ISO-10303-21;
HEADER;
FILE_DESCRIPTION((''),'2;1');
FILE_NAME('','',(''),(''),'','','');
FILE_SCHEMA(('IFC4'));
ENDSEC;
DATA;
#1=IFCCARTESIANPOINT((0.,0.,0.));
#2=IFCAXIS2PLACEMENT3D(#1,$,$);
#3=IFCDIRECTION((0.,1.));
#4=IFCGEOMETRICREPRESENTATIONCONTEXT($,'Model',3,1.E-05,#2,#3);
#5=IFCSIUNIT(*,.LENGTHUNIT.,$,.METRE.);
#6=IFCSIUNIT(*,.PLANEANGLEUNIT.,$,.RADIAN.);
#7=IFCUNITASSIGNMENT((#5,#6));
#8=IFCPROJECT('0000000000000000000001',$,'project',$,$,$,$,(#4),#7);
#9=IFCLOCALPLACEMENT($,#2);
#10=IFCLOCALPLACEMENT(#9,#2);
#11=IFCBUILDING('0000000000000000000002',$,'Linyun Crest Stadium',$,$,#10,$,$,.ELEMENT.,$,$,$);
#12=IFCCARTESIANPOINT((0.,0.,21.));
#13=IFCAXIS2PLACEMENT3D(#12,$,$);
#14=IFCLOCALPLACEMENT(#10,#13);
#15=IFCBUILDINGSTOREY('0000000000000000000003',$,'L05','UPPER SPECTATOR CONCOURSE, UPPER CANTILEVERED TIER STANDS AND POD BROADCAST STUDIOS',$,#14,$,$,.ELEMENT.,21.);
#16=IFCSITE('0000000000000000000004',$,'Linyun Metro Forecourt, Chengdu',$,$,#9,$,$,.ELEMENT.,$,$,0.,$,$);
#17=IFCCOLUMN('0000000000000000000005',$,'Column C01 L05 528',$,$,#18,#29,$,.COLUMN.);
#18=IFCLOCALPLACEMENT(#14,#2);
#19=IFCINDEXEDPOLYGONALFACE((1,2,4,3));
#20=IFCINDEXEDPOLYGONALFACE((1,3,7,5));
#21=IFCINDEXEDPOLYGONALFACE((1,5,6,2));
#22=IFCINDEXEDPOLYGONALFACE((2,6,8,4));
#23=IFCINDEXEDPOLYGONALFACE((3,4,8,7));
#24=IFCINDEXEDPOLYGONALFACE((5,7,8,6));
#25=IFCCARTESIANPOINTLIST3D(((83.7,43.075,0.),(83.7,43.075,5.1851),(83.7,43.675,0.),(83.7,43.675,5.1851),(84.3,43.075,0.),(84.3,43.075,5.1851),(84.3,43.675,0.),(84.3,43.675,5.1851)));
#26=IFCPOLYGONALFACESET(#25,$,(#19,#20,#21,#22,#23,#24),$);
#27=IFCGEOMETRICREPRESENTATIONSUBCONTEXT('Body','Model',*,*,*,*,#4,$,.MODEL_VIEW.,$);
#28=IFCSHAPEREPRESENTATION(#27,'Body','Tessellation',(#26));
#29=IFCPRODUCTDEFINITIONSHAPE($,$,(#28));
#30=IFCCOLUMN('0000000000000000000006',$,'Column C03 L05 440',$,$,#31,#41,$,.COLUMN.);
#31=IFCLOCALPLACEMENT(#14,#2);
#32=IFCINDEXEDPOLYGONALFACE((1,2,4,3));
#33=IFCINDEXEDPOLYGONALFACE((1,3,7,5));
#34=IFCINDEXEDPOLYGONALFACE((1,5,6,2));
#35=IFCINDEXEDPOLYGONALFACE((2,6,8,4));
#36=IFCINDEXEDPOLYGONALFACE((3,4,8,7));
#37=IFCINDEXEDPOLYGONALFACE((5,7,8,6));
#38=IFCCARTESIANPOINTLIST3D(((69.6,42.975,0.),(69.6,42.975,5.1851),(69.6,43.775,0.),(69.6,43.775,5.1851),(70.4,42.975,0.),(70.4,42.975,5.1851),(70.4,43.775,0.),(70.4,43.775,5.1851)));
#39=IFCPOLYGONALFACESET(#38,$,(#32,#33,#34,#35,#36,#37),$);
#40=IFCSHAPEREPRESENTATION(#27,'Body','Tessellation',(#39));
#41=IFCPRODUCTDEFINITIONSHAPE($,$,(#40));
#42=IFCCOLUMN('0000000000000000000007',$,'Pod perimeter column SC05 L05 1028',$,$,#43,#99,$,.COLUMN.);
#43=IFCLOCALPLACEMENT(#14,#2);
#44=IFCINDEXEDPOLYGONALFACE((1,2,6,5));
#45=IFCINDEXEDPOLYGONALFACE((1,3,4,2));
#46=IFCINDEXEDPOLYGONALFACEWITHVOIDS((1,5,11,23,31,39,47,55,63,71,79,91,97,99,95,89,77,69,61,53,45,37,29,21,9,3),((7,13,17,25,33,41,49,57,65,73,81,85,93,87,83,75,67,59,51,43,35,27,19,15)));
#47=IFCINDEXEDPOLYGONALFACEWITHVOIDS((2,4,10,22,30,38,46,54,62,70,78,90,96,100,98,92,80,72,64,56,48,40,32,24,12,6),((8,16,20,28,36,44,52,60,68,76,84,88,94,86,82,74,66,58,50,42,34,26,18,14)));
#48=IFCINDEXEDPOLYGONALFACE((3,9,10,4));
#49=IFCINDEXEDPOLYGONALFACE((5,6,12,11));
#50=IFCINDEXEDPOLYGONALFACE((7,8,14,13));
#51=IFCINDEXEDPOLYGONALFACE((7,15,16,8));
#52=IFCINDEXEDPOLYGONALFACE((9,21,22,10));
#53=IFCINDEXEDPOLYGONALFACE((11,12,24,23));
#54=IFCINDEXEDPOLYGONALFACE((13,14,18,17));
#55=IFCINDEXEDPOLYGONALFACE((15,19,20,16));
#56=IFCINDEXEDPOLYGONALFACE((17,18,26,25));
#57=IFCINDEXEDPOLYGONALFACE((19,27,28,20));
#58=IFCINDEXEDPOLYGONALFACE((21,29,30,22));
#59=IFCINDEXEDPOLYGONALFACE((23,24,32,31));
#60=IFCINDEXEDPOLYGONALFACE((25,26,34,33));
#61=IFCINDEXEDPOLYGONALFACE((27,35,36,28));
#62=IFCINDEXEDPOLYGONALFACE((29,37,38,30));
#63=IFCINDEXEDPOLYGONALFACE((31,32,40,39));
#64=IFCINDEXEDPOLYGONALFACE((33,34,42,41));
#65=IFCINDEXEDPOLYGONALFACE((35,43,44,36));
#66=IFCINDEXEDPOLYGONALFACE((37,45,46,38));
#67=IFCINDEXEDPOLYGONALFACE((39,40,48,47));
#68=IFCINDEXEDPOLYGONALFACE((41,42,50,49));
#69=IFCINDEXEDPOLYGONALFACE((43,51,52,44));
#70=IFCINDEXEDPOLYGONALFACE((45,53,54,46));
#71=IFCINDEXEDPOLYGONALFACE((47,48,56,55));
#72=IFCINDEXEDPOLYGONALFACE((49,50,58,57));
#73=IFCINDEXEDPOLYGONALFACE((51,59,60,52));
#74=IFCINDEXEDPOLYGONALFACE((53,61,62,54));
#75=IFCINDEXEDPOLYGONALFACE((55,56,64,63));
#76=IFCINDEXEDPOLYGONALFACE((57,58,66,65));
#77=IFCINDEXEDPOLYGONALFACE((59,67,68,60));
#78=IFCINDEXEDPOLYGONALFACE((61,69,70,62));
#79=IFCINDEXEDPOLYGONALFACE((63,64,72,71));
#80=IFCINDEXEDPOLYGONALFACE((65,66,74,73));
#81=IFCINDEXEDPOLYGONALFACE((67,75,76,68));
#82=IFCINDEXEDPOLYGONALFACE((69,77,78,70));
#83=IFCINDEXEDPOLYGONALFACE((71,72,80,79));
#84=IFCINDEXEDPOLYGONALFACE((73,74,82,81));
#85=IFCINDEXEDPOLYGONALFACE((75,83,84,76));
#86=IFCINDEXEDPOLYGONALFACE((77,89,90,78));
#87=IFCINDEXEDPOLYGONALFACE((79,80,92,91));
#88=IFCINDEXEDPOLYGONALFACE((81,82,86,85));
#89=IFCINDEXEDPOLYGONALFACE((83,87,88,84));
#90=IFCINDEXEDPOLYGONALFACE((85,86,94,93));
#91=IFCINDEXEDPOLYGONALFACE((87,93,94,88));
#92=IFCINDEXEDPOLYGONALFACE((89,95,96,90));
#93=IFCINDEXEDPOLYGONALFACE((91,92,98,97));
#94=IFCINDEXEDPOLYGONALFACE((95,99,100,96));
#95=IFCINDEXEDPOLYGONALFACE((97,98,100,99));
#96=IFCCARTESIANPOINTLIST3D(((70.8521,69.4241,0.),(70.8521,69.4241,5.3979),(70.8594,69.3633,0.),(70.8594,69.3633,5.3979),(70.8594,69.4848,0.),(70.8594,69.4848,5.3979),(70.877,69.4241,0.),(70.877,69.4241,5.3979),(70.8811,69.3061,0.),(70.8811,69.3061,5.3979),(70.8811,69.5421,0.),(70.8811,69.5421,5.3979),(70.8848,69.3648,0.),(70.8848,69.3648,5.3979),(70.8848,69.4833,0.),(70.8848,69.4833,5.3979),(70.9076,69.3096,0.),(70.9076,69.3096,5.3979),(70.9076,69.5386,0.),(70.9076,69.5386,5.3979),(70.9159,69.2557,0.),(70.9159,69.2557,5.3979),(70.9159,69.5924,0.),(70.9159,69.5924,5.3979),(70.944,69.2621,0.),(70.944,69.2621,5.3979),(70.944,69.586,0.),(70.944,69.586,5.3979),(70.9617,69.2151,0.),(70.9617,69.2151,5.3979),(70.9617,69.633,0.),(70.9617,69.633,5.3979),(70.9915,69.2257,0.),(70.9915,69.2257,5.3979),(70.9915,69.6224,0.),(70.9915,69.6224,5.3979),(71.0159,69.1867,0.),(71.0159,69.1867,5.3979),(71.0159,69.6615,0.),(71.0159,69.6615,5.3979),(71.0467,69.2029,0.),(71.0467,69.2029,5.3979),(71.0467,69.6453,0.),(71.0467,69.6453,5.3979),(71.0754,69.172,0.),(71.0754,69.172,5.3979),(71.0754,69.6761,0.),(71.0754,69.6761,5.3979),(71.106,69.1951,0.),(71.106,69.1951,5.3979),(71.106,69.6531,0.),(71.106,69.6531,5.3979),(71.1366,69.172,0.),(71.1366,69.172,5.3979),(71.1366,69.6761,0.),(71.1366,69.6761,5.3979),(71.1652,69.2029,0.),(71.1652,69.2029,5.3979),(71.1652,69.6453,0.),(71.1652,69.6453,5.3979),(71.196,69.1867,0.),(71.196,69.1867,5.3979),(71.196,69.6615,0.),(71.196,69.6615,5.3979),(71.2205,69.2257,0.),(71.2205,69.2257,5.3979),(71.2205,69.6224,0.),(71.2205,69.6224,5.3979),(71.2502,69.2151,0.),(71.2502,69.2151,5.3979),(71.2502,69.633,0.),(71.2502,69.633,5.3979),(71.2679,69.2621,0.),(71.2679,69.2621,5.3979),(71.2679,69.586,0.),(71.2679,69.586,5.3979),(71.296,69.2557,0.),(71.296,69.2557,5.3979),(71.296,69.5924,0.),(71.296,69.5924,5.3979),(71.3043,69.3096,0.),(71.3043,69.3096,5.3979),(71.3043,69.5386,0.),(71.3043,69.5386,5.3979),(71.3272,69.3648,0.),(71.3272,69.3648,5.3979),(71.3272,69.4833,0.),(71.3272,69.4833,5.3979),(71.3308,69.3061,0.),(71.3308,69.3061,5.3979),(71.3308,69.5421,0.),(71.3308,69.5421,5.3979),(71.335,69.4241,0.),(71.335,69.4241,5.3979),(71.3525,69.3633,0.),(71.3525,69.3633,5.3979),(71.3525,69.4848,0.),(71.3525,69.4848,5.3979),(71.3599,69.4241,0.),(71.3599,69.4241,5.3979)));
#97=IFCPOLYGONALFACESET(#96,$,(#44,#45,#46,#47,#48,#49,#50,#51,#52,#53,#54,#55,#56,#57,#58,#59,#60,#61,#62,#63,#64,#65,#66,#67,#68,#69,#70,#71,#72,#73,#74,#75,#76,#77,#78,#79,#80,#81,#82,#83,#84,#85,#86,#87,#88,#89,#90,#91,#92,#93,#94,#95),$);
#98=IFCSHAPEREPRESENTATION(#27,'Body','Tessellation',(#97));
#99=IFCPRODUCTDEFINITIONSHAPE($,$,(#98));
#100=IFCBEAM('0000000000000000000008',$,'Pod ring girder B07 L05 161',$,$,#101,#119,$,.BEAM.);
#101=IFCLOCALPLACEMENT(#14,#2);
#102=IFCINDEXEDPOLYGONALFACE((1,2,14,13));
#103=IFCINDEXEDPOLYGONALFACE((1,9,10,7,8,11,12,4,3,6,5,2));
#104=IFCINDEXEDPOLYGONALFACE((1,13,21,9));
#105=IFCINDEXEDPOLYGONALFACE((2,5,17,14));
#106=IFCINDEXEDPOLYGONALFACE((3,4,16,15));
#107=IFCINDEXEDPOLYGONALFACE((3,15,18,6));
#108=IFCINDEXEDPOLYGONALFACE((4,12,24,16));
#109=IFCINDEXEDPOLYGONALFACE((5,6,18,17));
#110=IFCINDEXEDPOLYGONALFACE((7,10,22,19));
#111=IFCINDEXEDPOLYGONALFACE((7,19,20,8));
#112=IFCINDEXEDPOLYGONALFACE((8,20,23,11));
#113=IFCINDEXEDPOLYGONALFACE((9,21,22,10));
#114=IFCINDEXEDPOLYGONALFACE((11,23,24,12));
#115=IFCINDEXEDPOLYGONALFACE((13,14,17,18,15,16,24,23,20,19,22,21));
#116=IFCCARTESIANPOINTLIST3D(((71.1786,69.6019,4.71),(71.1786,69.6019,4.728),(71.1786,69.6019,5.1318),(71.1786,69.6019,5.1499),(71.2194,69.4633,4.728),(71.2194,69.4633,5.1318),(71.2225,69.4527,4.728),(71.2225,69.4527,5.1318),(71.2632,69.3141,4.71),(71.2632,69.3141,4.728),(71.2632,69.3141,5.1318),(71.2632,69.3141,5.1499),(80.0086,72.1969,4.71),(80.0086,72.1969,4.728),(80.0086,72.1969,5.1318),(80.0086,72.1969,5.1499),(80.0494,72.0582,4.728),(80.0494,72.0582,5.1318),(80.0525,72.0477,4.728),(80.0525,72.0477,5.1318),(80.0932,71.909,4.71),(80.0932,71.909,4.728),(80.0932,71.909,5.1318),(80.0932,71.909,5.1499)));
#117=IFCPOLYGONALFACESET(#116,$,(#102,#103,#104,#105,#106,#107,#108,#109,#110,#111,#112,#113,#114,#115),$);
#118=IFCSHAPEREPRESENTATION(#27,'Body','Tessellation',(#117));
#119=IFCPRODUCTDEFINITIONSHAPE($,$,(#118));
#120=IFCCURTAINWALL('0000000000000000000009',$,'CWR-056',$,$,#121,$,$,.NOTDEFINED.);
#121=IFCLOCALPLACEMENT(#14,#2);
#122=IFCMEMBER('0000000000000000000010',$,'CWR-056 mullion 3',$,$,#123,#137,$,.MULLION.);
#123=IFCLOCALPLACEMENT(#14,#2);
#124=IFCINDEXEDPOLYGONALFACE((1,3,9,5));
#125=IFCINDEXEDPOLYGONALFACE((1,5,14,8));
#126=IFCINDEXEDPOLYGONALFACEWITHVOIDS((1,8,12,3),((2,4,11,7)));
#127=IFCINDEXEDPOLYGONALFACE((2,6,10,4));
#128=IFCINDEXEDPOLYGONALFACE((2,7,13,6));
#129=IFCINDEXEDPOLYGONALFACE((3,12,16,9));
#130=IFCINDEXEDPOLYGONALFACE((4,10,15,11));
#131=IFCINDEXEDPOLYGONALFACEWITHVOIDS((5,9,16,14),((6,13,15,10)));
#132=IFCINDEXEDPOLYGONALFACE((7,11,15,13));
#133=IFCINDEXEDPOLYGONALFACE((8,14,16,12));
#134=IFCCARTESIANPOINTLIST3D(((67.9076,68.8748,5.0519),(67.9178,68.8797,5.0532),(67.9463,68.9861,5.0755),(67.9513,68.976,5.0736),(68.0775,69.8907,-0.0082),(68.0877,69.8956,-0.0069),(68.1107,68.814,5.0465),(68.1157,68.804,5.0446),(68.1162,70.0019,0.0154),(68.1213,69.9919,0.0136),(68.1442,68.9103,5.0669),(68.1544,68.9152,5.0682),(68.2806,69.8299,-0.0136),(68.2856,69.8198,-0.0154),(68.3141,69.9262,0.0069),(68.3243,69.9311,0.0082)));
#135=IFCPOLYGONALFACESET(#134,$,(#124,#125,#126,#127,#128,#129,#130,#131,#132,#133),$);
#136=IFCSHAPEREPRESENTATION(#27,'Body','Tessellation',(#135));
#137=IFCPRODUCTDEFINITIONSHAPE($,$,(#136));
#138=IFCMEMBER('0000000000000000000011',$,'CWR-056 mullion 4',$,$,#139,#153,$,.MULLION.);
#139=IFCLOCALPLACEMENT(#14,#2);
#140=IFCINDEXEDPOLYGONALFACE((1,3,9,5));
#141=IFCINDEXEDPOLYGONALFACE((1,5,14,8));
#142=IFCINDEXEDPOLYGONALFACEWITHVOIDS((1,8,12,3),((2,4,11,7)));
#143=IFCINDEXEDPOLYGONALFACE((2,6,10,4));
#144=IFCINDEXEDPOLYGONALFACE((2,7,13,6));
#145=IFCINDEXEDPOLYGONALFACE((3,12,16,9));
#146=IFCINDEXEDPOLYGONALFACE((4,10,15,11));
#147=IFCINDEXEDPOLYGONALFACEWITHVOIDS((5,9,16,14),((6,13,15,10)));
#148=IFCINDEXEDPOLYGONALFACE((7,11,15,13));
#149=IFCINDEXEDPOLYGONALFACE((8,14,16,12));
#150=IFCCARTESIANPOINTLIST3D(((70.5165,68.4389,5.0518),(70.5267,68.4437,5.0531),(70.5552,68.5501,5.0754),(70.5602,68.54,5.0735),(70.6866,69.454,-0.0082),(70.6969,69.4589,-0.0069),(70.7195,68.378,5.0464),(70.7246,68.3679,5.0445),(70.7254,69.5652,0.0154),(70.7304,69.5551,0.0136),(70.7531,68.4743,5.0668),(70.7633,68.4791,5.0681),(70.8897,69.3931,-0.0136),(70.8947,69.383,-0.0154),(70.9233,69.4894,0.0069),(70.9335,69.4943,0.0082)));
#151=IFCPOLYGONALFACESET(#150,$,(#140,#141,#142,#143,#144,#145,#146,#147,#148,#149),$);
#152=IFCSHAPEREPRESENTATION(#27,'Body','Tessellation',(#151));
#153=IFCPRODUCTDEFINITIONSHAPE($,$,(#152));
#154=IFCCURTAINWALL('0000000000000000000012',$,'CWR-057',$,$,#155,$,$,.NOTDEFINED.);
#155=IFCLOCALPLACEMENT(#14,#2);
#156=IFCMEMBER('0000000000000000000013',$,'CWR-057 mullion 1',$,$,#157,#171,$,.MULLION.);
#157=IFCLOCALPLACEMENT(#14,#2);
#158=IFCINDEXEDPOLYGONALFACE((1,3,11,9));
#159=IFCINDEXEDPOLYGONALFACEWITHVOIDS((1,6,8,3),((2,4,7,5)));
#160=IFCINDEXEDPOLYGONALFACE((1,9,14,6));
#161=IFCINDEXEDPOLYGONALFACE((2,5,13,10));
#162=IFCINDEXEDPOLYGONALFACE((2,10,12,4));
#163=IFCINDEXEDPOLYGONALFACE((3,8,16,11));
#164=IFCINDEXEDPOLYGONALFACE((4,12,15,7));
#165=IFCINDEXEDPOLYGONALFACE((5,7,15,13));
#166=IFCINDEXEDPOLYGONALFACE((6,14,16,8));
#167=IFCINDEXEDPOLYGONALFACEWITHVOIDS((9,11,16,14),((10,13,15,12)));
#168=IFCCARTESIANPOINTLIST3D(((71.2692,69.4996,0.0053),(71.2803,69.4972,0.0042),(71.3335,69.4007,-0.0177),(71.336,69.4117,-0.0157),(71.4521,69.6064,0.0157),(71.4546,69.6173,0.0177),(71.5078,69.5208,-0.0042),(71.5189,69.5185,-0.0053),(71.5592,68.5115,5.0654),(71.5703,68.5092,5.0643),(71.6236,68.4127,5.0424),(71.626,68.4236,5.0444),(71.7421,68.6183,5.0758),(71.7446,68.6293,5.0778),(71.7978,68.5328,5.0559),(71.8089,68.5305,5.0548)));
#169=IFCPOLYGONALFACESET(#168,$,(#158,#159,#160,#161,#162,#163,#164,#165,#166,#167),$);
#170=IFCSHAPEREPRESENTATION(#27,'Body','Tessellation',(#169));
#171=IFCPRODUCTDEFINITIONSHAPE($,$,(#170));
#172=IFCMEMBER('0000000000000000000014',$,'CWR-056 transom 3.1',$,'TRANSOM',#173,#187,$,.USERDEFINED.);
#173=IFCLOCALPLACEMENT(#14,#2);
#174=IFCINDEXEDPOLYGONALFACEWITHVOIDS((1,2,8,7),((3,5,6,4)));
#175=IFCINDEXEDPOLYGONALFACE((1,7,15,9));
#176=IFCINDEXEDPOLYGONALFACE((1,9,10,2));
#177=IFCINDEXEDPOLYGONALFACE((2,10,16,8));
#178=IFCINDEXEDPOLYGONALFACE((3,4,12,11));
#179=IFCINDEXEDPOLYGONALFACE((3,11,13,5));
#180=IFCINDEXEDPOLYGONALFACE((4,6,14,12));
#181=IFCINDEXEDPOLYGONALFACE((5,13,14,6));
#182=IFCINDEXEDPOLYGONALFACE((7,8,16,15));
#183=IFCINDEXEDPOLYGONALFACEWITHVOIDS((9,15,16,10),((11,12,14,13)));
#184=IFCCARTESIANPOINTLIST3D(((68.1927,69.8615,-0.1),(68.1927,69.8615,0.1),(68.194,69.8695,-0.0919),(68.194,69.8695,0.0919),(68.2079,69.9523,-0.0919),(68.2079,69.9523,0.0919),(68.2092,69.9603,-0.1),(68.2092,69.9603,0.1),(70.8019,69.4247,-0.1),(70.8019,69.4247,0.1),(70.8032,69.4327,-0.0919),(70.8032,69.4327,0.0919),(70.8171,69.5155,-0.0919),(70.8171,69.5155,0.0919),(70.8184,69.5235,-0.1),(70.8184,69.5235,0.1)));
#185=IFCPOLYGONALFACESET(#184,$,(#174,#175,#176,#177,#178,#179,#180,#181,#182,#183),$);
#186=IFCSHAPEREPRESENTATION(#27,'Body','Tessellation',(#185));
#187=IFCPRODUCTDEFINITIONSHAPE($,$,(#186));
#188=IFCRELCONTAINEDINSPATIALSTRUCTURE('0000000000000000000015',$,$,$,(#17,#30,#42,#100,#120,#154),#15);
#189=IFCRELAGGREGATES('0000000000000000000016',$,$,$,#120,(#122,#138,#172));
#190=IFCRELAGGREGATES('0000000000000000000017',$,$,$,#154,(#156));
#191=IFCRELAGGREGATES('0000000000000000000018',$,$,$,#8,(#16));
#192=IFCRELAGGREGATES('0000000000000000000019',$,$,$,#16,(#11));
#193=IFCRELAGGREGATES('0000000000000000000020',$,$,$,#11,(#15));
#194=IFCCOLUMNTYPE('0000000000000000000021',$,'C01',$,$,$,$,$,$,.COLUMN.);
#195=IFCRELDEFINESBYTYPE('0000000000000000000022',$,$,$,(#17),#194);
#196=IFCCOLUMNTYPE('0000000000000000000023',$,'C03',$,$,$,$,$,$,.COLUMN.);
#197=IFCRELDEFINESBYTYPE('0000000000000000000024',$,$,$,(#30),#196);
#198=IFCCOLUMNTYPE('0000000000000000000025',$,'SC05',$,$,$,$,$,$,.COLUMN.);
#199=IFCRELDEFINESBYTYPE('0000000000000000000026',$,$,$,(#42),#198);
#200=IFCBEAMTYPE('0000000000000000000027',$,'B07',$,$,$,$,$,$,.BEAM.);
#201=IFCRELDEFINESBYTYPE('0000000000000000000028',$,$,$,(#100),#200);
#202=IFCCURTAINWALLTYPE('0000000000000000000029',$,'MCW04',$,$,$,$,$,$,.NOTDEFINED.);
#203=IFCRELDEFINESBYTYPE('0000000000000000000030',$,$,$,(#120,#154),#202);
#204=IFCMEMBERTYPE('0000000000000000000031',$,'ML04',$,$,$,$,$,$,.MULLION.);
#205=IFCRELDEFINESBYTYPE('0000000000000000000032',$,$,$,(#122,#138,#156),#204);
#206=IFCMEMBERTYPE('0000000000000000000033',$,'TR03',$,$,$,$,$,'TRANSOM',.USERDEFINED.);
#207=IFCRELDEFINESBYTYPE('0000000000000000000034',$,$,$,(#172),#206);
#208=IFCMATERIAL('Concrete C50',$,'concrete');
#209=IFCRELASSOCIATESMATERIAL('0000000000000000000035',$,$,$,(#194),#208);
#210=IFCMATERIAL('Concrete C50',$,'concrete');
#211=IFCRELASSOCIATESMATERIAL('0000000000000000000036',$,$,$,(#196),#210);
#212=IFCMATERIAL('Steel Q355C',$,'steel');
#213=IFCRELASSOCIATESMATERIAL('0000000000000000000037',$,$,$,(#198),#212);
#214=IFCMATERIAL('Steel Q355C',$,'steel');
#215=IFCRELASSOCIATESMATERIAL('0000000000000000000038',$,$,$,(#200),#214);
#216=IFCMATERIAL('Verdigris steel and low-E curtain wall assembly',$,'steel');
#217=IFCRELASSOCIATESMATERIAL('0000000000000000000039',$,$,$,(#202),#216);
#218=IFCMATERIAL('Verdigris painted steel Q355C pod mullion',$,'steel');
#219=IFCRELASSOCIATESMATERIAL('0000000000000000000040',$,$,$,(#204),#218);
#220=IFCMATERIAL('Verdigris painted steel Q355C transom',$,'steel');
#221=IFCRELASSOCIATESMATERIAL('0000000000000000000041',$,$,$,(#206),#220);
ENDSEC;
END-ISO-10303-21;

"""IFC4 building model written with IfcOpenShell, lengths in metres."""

from ifc_helpers import new_model, si_unit, direction, frame, origin, origin_2d, place, context, subcontext, project, spatial, rectangle, hollow_rectangle, hollow_circle, i_section, extrude, material, material_profile, profile_set, type_object, element, aggregate, save


model = new_model("IFC4")

# Units and contexts
model_context = context("Model", 3, precision=1e-05, world=origin(), true_north=direction((0.0, 1.0)))
body_context = subcontext(model_context, "Body", "Model", "MODEL_VIEW")
ifc_project = project(units=[si_unit("LENGTHUNIT", "METRE"), si_unit("PLANEANGLEUNIT", "RADIAN")], contexts=[model_context])

# Site, building, storey
site_placement = place(None, origin())
site = spatial("IfcSite", under=ifc_project, at=site_placement, Name="Linyun Metro Forecourt, Chengdu", CompositionType="ELEMENT", RefElevation=0.0)
building_placement = place(site_placement, origin())
building = spatial("IfcBuilding", under=site, at=building_placement, Name="Linyun Crest Stadium", CompositionType="ELEMENT")
storey_placement = place(building_placement, frame((0.0, 0.0, 21.0)))
storey = spatial("IfcBuildingStorey", under=building, at=storey_placement, Name="L05", Description="UPPER SPECTATOR CONCOURSE, UPPER CANTILEVERED TIER STANDS AND POD BROADCAST STUDIOS", CompositionType="ELEMENT", Elevation=21.0)

# Columns
ifc_material_1 = material(Name="Concrete C50", Category="concrete")
ifc_material_profile_1 = material_profile(ifc_material_1, rectangle(XDim=0.6001, YDim=0.6001, at=origin_2d()), Name="RC 600x600")
ifc_profile_set_1 = profile_set([ifc_material_profile_1], Name="Concrete C50")
column_type_1 = type_object("IfcColumnType", Name="C01", PredefinedType="COLUMN", material=ifc_profile_set_1)
column_1_placement = place(storey_placement, frame((84.0, 43.375, 0.0), z_axis=(0.0, 0.0, 1.0), x_axis=(1.0, 0.0, 0.0)))
element("IfcColumn", 1, at=column_1_placement, inside=storey, type_object=column_type_1, Name="Column C01 L05 528", PredefinedType="COLUMN", context=body_context, shape_type="SweptSolid", body=[
    extrude(rectangle(XDim=0.6001, YDim=0.6001, at=origin_2d()), origin(), (0.0, 0.0, 1.0), 5.1851),
])
ifc_material_2 = material(Name="Concrete C50", Category="concrete")
ifc_material_profile_2 = material_profile(ifc_material_2, rectangle(XDim=0.8, YDim=0.8, at=origin_2d()), Name="RC 800x800")
ifc_profile_set_2 = profile_set([ifc_material_profile_2], Name="Concrete C50")
column_type_2 = type_object("IfcColumnType", Name="C03", PredefinedType="COLUMN", material=ifc_profile_set_2)
column_2_placement = place(storey_placement, frame((70.0, 43.375, 0.0), z_axis=(0.0, 0.0, 1.0), x_axis=(1.0, 0.0, 0.0)))
element("IfcColumn", 2, at=column_2_placement, inside=storey, type_object=column_type_2, Name="Column C03 L05 440", PredefinedType="COLUMN", context=body_context, shape_type="SweptSolid", body=[
    extrude(rectangle(XDim=0.8, YDim=0.8, at=origin_2d()), origin(), (0.0, 0.0, 1.0), 5.1851),
])
ifc_material_3 = material(Name="Steel Q355C", Category="steel")
ifc_material_profile_3 = material_profile(ifc_material_3, hollow_circle(Radius=0.2539, WallThickness=0.0249, at=origin_2d()), Name="CHS 508x25")
ifc_profile_set_3 = profile_set([ifc_material_profile_3], Name="Steel Q355C")
column_type_3 = type_object("IfcColumnType", Name="SC05", PredefinedType="COLUMN", material=ifc_profile_set_3)
column_3_placement = place(storey_placement, frame((71.106, 69.4241, 0.0), z_axis=(0.0, 0.0, 1.0), x_axis=(1.0, 0.0, 0.0)))
element("IfcColumn", 3, at=column_3_placement, inside=storey, type_object=column_type_3, Name="Pod perimeter column SC05 L05 1028", PredefinedType="COLUMN", context=body_context, shape_type="SweptSolid", body=[
    extrude(hollow_circle(Radius=0.2539, WallThickness=0.0249, at=origin_2d()), origin(), (0.0, 0.0, 1.0), 5.3979),
])

# Beam
ifc_material_4 = material(Name="Steel Q355C", Category="steel")
ifc_material_profile_4 = material_profile(ifc_material_4, i_section(OverallWidth=0.3, OverallDepth=0.4399, WebThickness=0.011, FlangeThickness=0.0181, at=origin_2d()), Name="HM 440x300")
ifc_profile_set_4 = profile_set([ifc_material_profile_4], Name="Steel Q355C")
beam_type = type_object("IfcBeamType", Name="B07", PredefinedType="BEAM", material=ifc_profile_set_4)
beam_placement = place(storey_placement, frame((71.2209, 69.458, 4.9299), z_axis=(0.959428, 0.281955, 0.0), x_axis=(-0.281955, 0.959428, 0.0)))
element("IfcBeam", 4, at=beam_placement, inside=storey, type_object=beam_type, Name="Pod ring girder B07 L05 161", PredefinedType="BEAM", context=body_context, shape_type="SweptSolid", body=[
    extrude(i_section(OverallWidth=0.3, OverallDepth=0.4399, WebThickness=0.011, FlangeThickness=0.0181, at=origin_2d()), origin(), (0.0, 0.0, 1.0), 9.2034),
])

# Curtain wall, members
ifc_material_5 = material(Name="Verdigris steel and low-E curtain wall assembly", Category="steel")
curtain_wall_type = type_object("IfcCurtainWallType", Name="MCW04", PredefinedType="NOTDEFINED", material=ifc_material_5)
curtain_wall_1_placement = place(storey_placement, origin())
curtain_wall_1 = element("IfcCurtainWall", 5, at=curtain_wall_1_placement, inside=storey, type_object=curtain_wall_type, Name="CWR-056", PredefinedType="NOTDEFINED")
ifc_material_6 = material(Name="Verdigris painted steel Q355C pod mullion", Category="steel")
ifc_material_profile_5 = material_profile(ifc_material_6, hollow_rectangle(XDim=0.1201, YDim=0.22, WallThickness=0.0081, at=origin_2d()), Name="RHS 220x120x8")
ifc_profile_set_5 = profile_set([ifc_material_profile_5], Name="Verdigris painted steel Q355C pod mullion")
member_type_1 = type_object("IfcMemberType", Name="ML04", PredefinedType="MULLION", material=ifc_profile_set_5)
member_1_placement = place(storey_placement, frame((68.2009, 69.9109, 0.0), z_axis=(-0.032906, -0.196728, 0.979906), x_axis=(0.322229, 0.925995, 0.196726)))
member_1 = element("IfcMember", 6, at=member_1_placement, type_object=member_type_1, Name="CWR-056 mullion 3", PredefinedType="MULLION", context=body_context, shape_type="SweptSolid", body=[
    extrude(hollow_rectangle(XDim=0.1201, YDim=0.22, WallThickness=0.0081, at=origin_2d()), origin(), (0.0, 0.0, 1.0), 5.1638),
])
member_2_placement = place(storey_placement, frame((70.8101, 69.4741, 0.0), z_axis=(-0.032954, -0.196591, 0.979932), x_axis=(0.322559, 0.925907, 0.196601)))
member_2 = element("IfcMember", 7, at=member_2_placement, type_object=member_type_1, Name="CWR-056 mullion 4", PredefinedType="MULLION", context=body_context, shape_type="SweptSolid", body=[
    extrude(hollow_rectangle(XDim=0.1201, YDim=0.22, WallThickness=0.0081, at=origin_2d()), origin(), (0.0, 0.0, 1.0), 5.1636),
])

# Curtain wall, member
curtain_wall_2_placement = place(storey_placement, origin())
curtain_wall_2 = element("IfcCurtainWall", 8, at=curtain_wall_2_placement, inside=storey, type_object=curtain_wall_type, Name="CWR-057", PredefinedType="NOTDEFINED")
member_3_placement = place(storey_placement, frame((71.394, 69.509, 0.0), z_axis=(0.056168, -0.19134, 0.979915), x_axis=(-0.535395, 0.822647, 0.19132)))
member_3 = element("IfcMember", 9, at=member_3_placement, type_object=member_type_1, Name="CWR-057 mullion 1", PredefinedType="MULLION", context=body_context, shape_type="SweptSolid", body=[
    extrude(hollow_rectangle(XDim=0.1201, YDim=0.22, WallThickness=0.0081, at=origin_2d()), origin(), (0.0, 0.0, 1.0), 5.1638),
])

# Member
ifc_material_7 = material(Name="Verdigris painted steel Q355C transom", Category="steel")
ifc_material_profile_6 = material_profile(ifc_material_7, hollow_rectangle(XDim=0.1001, YDim=0.2, WallThickness=0.0081, at=origin_2d()), Name="RHS 200x100x8")
ifc_profile_set_6 = profile_set([ifc_material_profile_6], Name="Verdigris painted steel Q355C transom")
member_type_2 = type_object("IfcMemberType", Name="TR03", ElementType="TRANSOM", PredefinedType="USERDEFINED", material=ifc_profile_set_6)
member_4_placement = place(storey_placement, frame((68.2009, 69.9109, 0.0), z_axis=(0.986276, -0.165102, 0.0), x_axis=(0.165102, 0.986276, 0.0)))
member_4 = element("IfcMember", 10, at=member_4_placement, type_object=member_type_2, Name="CWR-056 transom 3.1", ObjectType="TRANSOM", PredefinedType="USERDEFINED", context=body_context, shape_type="SweptSolid", body=[
    extrude(hollow_rectangle(XDim=0.1001, YDim=0.2, WallThickness=0.0081, at=origin_2d()), origin(), (0.0, 0.0, 1.0), 2.6455),
])

aggregate(curtain_wall_1, [member_1, member_2, member_4])
aggregate(curtain_wall_2, [member_3])

save(model, "model.ifc")
